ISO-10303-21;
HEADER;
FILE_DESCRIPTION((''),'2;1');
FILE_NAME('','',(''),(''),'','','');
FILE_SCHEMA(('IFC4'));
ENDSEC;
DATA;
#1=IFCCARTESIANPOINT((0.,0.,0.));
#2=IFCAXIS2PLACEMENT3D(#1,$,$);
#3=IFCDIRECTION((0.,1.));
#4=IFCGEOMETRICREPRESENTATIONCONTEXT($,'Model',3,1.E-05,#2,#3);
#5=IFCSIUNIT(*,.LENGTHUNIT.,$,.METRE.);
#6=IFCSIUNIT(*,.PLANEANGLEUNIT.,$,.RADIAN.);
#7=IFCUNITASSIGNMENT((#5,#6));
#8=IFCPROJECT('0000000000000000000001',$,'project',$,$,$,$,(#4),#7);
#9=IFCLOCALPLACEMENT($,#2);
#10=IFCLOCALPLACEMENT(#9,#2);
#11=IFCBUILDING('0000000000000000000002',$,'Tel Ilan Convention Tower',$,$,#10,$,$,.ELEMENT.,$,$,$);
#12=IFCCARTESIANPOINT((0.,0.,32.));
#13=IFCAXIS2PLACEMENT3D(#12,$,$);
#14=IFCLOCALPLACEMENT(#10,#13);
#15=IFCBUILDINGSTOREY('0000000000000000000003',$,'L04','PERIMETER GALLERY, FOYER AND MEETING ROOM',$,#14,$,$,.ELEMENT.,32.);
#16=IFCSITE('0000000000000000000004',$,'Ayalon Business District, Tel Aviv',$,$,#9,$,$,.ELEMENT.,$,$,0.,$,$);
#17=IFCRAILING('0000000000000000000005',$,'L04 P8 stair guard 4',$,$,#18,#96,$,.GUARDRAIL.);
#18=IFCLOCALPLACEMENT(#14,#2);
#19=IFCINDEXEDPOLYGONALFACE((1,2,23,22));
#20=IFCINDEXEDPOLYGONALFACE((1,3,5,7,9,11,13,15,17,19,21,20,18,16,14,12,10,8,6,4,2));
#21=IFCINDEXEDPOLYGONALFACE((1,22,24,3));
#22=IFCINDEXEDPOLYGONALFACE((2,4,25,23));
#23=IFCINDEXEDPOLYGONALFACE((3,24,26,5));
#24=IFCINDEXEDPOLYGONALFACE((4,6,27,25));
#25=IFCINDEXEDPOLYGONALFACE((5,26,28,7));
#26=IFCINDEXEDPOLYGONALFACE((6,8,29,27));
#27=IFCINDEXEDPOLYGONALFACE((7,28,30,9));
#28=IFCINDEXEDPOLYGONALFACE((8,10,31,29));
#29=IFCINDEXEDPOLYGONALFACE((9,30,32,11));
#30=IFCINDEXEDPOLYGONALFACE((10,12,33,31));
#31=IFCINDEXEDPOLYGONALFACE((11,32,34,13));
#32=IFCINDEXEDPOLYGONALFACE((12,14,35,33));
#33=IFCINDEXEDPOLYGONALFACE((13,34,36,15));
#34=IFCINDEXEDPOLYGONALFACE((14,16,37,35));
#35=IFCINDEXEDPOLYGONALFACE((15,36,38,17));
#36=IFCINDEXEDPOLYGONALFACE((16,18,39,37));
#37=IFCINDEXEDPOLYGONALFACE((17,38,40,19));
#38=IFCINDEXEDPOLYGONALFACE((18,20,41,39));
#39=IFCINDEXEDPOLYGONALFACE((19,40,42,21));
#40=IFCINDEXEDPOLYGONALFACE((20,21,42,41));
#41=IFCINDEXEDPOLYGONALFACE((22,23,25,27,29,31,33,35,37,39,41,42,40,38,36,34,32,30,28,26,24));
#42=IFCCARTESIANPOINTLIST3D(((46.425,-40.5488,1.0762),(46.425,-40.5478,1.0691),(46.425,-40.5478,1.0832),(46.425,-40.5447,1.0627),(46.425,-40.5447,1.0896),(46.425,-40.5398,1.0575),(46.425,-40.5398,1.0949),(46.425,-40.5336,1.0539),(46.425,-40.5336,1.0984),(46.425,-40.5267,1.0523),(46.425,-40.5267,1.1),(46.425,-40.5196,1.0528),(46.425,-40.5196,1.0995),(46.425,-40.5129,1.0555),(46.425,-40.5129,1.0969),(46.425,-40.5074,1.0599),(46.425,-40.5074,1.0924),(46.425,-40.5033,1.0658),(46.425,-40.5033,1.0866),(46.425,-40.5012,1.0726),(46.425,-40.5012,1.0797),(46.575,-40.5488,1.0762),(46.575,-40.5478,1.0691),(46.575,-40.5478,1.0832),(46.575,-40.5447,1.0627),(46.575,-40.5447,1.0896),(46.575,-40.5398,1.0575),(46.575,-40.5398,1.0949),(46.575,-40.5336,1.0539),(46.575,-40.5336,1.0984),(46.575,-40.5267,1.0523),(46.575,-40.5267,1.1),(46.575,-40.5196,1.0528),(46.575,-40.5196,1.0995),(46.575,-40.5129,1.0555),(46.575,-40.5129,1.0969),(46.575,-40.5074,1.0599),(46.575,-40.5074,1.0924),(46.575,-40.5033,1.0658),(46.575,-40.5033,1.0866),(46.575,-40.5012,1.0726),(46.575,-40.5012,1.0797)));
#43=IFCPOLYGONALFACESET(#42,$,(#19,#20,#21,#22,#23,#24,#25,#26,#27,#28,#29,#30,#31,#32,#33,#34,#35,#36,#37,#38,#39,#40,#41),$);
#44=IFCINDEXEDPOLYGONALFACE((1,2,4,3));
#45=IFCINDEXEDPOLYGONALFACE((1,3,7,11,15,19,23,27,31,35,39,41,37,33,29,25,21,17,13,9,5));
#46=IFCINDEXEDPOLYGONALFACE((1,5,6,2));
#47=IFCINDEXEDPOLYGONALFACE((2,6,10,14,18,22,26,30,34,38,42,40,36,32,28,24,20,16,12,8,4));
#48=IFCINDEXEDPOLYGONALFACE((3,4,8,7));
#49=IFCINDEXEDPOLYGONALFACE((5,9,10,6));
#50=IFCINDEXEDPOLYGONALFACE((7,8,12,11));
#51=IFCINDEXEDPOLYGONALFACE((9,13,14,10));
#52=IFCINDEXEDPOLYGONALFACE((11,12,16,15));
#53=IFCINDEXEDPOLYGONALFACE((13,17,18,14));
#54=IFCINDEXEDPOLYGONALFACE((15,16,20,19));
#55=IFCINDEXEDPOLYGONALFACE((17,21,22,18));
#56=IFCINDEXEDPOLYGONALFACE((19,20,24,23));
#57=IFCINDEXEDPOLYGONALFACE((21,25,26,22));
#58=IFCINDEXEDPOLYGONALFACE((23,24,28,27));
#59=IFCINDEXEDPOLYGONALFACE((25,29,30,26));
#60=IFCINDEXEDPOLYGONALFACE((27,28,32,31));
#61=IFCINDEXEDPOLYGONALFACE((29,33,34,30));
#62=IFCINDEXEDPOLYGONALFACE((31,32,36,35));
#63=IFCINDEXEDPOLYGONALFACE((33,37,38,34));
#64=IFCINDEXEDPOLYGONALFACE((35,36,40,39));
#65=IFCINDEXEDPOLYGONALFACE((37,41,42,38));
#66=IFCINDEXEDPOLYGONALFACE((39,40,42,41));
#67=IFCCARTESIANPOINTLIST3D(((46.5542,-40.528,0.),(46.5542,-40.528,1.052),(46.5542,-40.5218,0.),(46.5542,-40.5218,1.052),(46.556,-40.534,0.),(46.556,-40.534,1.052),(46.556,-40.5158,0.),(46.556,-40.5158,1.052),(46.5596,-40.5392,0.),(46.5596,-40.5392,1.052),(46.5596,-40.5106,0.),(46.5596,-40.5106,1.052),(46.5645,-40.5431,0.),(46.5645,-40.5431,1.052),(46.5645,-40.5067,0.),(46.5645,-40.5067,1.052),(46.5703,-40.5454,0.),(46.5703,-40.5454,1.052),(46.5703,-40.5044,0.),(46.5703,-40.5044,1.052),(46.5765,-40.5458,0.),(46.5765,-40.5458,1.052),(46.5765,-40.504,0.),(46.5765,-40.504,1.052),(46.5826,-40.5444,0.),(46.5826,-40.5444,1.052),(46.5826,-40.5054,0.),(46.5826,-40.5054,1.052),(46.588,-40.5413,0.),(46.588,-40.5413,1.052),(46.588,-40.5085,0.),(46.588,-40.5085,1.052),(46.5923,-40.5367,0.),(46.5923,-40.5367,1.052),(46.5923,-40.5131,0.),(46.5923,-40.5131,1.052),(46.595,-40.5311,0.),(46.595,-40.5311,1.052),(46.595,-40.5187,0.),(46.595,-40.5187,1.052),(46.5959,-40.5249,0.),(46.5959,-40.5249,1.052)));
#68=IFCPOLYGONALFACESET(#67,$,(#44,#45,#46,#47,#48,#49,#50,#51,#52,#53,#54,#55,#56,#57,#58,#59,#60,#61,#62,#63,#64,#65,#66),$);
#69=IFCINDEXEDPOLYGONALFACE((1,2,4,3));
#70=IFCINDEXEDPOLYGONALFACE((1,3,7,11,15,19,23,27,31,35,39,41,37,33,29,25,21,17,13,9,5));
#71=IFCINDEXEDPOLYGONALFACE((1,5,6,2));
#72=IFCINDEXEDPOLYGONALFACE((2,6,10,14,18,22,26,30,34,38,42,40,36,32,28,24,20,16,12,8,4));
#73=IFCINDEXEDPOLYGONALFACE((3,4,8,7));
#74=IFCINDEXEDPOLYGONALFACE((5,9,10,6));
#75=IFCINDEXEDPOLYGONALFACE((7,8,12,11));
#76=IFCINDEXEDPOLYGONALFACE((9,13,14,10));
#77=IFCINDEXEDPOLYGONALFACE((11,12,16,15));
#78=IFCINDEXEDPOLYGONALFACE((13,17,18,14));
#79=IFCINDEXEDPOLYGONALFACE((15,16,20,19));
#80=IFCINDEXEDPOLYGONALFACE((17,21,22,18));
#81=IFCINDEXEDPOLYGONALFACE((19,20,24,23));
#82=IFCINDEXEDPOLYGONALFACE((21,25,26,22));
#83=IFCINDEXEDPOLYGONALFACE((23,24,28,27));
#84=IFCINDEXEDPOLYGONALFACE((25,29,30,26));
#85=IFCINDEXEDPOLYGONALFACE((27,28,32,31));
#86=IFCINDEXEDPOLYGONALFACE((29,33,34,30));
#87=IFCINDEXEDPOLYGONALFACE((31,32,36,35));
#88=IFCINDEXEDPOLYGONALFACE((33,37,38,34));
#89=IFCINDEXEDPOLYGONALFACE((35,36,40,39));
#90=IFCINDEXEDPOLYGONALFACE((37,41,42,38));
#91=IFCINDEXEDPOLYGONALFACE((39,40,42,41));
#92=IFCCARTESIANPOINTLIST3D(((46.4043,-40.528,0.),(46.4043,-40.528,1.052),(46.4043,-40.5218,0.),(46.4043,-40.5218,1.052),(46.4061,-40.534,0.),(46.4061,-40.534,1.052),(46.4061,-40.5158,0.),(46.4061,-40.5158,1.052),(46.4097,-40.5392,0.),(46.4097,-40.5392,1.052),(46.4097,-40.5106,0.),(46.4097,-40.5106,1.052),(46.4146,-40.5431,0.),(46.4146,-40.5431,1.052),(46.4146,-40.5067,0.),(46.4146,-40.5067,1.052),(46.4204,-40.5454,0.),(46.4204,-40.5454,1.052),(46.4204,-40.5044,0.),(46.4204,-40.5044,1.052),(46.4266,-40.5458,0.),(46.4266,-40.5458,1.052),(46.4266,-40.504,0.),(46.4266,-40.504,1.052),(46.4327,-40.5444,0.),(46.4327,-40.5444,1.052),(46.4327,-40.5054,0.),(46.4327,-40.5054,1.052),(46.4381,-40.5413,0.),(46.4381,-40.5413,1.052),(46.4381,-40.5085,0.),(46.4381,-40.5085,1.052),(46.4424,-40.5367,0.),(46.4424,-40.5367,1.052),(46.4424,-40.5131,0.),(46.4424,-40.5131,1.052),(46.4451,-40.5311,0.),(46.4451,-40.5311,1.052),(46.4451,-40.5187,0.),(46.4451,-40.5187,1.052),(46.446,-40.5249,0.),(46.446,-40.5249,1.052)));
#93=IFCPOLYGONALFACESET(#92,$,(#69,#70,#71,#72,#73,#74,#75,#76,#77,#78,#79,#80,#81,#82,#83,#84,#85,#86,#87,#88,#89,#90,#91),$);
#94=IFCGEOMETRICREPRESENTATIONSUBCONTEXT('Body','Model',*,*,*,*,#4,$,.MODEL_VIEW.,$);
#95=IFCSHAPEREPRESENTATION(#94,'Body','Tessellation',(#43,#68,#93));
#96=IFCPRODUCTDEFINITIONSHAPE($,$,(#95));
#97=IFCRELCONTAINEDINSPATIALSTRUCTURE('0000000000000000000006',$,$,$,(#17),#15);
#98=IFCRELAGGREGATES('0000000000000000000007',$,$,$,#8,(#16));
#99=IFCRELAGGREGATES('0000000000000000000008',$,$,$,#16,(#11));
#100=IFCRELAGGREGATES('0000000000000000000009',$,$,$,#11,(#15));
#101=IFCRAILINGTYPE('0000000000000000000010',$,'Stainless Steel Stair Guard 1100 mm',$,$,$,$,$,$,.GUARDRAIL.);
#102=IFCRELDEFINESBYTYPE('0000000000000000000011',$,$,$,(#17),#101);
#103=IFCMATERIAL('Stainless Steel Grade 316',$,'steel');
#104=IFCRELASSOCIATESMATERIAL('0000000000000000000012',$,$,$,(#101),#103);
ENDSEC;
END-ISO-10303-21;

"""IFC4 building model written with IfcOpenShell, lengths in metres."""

from ifc_helpers import new_model, si_unit, direction, frame, origin, origin_2d, place, context, subcontext, project, spatial, circle, extrude, material, type_object, element, save


model = new_model("IFC4")

# Units and contexts
model_context = context("Model", 3, precision=1e-05, world=origin(), true_north=direction((0.0, 1.0)))
body_context = subcontext(model_context, "Body", "Model", "MODEL_VIEW")
ifc_project = project(units=[si_unit("LENGTHUNIT", "METRE"), si_unit("PLANEANGLEUNIT", "RADIAN")], contexts=[model_context])

# Site, building, storey
site_placement = place(None, origin())
site = spatial("IfcSite", under=ifc_project, at=site_placement, Name="Ayalon Business District, Tel Aviv", CompositionType="ELEMENT", RefElevation=0.0)
building_placement = place(site_placement, origin())
building = spatial("IfcBuilding", under=site, at=building_placement, Name="Tel Ilan Convention Tower", CompositionType="ELEMENT")
storey_placement = place(building_placement, frame((0.0, 0.0, 32.0)))
storey = spatial("IfcBuildingStorey", under=building, at=storey_placement, Name="L04", Description="PERIMETER GALLERY, FOYER AND MEETING ROOM", CompositionType="ELEMENT", Elevation=32.0)

# Railing
ifc_material_1 = material(Name="Stainless Steel Grade 316", Category="steel")
railing_type_1 = type_object("IfcRailingType", Name="Stainless Steel Stair Guard 1100 mm", PredefinedType="GUARDRAIL", material=ifc_material_1)
railing_1_placement = place(storey_placement, frame((46.575, -40.5249, 0.0)))
element("IfcRailing", 1, at=railing_1_placement, inside=storey, type_object=railing_type_1, Name="L04 P8 stair guard 4", PredefinedType="GUARDRAIL", context=body_context, shape_type="SweptSolid", body=[
    extrude(circle(Radius=0.0239, at=origin_2d()), frame((0.0, 0.0, 1.0762), z_axis=(-1.0, 0.0, 0.0), x_axis=(0.0, -1.0, 0.0)), (0.0, 0.0, 1.0), 0.1499),
    extrude(circle(Radius=0.021, at=origin_2d()), origin(), (0.0, 0.0, 1.0), 1.052),
    extrude(circle(Radius=0.021, at=origin_2d()), frame((-0.1499, 0.0, 0.0)), (0.0, 0.0, 1.0), 1.052),
])

save(model, "model.ifc")
